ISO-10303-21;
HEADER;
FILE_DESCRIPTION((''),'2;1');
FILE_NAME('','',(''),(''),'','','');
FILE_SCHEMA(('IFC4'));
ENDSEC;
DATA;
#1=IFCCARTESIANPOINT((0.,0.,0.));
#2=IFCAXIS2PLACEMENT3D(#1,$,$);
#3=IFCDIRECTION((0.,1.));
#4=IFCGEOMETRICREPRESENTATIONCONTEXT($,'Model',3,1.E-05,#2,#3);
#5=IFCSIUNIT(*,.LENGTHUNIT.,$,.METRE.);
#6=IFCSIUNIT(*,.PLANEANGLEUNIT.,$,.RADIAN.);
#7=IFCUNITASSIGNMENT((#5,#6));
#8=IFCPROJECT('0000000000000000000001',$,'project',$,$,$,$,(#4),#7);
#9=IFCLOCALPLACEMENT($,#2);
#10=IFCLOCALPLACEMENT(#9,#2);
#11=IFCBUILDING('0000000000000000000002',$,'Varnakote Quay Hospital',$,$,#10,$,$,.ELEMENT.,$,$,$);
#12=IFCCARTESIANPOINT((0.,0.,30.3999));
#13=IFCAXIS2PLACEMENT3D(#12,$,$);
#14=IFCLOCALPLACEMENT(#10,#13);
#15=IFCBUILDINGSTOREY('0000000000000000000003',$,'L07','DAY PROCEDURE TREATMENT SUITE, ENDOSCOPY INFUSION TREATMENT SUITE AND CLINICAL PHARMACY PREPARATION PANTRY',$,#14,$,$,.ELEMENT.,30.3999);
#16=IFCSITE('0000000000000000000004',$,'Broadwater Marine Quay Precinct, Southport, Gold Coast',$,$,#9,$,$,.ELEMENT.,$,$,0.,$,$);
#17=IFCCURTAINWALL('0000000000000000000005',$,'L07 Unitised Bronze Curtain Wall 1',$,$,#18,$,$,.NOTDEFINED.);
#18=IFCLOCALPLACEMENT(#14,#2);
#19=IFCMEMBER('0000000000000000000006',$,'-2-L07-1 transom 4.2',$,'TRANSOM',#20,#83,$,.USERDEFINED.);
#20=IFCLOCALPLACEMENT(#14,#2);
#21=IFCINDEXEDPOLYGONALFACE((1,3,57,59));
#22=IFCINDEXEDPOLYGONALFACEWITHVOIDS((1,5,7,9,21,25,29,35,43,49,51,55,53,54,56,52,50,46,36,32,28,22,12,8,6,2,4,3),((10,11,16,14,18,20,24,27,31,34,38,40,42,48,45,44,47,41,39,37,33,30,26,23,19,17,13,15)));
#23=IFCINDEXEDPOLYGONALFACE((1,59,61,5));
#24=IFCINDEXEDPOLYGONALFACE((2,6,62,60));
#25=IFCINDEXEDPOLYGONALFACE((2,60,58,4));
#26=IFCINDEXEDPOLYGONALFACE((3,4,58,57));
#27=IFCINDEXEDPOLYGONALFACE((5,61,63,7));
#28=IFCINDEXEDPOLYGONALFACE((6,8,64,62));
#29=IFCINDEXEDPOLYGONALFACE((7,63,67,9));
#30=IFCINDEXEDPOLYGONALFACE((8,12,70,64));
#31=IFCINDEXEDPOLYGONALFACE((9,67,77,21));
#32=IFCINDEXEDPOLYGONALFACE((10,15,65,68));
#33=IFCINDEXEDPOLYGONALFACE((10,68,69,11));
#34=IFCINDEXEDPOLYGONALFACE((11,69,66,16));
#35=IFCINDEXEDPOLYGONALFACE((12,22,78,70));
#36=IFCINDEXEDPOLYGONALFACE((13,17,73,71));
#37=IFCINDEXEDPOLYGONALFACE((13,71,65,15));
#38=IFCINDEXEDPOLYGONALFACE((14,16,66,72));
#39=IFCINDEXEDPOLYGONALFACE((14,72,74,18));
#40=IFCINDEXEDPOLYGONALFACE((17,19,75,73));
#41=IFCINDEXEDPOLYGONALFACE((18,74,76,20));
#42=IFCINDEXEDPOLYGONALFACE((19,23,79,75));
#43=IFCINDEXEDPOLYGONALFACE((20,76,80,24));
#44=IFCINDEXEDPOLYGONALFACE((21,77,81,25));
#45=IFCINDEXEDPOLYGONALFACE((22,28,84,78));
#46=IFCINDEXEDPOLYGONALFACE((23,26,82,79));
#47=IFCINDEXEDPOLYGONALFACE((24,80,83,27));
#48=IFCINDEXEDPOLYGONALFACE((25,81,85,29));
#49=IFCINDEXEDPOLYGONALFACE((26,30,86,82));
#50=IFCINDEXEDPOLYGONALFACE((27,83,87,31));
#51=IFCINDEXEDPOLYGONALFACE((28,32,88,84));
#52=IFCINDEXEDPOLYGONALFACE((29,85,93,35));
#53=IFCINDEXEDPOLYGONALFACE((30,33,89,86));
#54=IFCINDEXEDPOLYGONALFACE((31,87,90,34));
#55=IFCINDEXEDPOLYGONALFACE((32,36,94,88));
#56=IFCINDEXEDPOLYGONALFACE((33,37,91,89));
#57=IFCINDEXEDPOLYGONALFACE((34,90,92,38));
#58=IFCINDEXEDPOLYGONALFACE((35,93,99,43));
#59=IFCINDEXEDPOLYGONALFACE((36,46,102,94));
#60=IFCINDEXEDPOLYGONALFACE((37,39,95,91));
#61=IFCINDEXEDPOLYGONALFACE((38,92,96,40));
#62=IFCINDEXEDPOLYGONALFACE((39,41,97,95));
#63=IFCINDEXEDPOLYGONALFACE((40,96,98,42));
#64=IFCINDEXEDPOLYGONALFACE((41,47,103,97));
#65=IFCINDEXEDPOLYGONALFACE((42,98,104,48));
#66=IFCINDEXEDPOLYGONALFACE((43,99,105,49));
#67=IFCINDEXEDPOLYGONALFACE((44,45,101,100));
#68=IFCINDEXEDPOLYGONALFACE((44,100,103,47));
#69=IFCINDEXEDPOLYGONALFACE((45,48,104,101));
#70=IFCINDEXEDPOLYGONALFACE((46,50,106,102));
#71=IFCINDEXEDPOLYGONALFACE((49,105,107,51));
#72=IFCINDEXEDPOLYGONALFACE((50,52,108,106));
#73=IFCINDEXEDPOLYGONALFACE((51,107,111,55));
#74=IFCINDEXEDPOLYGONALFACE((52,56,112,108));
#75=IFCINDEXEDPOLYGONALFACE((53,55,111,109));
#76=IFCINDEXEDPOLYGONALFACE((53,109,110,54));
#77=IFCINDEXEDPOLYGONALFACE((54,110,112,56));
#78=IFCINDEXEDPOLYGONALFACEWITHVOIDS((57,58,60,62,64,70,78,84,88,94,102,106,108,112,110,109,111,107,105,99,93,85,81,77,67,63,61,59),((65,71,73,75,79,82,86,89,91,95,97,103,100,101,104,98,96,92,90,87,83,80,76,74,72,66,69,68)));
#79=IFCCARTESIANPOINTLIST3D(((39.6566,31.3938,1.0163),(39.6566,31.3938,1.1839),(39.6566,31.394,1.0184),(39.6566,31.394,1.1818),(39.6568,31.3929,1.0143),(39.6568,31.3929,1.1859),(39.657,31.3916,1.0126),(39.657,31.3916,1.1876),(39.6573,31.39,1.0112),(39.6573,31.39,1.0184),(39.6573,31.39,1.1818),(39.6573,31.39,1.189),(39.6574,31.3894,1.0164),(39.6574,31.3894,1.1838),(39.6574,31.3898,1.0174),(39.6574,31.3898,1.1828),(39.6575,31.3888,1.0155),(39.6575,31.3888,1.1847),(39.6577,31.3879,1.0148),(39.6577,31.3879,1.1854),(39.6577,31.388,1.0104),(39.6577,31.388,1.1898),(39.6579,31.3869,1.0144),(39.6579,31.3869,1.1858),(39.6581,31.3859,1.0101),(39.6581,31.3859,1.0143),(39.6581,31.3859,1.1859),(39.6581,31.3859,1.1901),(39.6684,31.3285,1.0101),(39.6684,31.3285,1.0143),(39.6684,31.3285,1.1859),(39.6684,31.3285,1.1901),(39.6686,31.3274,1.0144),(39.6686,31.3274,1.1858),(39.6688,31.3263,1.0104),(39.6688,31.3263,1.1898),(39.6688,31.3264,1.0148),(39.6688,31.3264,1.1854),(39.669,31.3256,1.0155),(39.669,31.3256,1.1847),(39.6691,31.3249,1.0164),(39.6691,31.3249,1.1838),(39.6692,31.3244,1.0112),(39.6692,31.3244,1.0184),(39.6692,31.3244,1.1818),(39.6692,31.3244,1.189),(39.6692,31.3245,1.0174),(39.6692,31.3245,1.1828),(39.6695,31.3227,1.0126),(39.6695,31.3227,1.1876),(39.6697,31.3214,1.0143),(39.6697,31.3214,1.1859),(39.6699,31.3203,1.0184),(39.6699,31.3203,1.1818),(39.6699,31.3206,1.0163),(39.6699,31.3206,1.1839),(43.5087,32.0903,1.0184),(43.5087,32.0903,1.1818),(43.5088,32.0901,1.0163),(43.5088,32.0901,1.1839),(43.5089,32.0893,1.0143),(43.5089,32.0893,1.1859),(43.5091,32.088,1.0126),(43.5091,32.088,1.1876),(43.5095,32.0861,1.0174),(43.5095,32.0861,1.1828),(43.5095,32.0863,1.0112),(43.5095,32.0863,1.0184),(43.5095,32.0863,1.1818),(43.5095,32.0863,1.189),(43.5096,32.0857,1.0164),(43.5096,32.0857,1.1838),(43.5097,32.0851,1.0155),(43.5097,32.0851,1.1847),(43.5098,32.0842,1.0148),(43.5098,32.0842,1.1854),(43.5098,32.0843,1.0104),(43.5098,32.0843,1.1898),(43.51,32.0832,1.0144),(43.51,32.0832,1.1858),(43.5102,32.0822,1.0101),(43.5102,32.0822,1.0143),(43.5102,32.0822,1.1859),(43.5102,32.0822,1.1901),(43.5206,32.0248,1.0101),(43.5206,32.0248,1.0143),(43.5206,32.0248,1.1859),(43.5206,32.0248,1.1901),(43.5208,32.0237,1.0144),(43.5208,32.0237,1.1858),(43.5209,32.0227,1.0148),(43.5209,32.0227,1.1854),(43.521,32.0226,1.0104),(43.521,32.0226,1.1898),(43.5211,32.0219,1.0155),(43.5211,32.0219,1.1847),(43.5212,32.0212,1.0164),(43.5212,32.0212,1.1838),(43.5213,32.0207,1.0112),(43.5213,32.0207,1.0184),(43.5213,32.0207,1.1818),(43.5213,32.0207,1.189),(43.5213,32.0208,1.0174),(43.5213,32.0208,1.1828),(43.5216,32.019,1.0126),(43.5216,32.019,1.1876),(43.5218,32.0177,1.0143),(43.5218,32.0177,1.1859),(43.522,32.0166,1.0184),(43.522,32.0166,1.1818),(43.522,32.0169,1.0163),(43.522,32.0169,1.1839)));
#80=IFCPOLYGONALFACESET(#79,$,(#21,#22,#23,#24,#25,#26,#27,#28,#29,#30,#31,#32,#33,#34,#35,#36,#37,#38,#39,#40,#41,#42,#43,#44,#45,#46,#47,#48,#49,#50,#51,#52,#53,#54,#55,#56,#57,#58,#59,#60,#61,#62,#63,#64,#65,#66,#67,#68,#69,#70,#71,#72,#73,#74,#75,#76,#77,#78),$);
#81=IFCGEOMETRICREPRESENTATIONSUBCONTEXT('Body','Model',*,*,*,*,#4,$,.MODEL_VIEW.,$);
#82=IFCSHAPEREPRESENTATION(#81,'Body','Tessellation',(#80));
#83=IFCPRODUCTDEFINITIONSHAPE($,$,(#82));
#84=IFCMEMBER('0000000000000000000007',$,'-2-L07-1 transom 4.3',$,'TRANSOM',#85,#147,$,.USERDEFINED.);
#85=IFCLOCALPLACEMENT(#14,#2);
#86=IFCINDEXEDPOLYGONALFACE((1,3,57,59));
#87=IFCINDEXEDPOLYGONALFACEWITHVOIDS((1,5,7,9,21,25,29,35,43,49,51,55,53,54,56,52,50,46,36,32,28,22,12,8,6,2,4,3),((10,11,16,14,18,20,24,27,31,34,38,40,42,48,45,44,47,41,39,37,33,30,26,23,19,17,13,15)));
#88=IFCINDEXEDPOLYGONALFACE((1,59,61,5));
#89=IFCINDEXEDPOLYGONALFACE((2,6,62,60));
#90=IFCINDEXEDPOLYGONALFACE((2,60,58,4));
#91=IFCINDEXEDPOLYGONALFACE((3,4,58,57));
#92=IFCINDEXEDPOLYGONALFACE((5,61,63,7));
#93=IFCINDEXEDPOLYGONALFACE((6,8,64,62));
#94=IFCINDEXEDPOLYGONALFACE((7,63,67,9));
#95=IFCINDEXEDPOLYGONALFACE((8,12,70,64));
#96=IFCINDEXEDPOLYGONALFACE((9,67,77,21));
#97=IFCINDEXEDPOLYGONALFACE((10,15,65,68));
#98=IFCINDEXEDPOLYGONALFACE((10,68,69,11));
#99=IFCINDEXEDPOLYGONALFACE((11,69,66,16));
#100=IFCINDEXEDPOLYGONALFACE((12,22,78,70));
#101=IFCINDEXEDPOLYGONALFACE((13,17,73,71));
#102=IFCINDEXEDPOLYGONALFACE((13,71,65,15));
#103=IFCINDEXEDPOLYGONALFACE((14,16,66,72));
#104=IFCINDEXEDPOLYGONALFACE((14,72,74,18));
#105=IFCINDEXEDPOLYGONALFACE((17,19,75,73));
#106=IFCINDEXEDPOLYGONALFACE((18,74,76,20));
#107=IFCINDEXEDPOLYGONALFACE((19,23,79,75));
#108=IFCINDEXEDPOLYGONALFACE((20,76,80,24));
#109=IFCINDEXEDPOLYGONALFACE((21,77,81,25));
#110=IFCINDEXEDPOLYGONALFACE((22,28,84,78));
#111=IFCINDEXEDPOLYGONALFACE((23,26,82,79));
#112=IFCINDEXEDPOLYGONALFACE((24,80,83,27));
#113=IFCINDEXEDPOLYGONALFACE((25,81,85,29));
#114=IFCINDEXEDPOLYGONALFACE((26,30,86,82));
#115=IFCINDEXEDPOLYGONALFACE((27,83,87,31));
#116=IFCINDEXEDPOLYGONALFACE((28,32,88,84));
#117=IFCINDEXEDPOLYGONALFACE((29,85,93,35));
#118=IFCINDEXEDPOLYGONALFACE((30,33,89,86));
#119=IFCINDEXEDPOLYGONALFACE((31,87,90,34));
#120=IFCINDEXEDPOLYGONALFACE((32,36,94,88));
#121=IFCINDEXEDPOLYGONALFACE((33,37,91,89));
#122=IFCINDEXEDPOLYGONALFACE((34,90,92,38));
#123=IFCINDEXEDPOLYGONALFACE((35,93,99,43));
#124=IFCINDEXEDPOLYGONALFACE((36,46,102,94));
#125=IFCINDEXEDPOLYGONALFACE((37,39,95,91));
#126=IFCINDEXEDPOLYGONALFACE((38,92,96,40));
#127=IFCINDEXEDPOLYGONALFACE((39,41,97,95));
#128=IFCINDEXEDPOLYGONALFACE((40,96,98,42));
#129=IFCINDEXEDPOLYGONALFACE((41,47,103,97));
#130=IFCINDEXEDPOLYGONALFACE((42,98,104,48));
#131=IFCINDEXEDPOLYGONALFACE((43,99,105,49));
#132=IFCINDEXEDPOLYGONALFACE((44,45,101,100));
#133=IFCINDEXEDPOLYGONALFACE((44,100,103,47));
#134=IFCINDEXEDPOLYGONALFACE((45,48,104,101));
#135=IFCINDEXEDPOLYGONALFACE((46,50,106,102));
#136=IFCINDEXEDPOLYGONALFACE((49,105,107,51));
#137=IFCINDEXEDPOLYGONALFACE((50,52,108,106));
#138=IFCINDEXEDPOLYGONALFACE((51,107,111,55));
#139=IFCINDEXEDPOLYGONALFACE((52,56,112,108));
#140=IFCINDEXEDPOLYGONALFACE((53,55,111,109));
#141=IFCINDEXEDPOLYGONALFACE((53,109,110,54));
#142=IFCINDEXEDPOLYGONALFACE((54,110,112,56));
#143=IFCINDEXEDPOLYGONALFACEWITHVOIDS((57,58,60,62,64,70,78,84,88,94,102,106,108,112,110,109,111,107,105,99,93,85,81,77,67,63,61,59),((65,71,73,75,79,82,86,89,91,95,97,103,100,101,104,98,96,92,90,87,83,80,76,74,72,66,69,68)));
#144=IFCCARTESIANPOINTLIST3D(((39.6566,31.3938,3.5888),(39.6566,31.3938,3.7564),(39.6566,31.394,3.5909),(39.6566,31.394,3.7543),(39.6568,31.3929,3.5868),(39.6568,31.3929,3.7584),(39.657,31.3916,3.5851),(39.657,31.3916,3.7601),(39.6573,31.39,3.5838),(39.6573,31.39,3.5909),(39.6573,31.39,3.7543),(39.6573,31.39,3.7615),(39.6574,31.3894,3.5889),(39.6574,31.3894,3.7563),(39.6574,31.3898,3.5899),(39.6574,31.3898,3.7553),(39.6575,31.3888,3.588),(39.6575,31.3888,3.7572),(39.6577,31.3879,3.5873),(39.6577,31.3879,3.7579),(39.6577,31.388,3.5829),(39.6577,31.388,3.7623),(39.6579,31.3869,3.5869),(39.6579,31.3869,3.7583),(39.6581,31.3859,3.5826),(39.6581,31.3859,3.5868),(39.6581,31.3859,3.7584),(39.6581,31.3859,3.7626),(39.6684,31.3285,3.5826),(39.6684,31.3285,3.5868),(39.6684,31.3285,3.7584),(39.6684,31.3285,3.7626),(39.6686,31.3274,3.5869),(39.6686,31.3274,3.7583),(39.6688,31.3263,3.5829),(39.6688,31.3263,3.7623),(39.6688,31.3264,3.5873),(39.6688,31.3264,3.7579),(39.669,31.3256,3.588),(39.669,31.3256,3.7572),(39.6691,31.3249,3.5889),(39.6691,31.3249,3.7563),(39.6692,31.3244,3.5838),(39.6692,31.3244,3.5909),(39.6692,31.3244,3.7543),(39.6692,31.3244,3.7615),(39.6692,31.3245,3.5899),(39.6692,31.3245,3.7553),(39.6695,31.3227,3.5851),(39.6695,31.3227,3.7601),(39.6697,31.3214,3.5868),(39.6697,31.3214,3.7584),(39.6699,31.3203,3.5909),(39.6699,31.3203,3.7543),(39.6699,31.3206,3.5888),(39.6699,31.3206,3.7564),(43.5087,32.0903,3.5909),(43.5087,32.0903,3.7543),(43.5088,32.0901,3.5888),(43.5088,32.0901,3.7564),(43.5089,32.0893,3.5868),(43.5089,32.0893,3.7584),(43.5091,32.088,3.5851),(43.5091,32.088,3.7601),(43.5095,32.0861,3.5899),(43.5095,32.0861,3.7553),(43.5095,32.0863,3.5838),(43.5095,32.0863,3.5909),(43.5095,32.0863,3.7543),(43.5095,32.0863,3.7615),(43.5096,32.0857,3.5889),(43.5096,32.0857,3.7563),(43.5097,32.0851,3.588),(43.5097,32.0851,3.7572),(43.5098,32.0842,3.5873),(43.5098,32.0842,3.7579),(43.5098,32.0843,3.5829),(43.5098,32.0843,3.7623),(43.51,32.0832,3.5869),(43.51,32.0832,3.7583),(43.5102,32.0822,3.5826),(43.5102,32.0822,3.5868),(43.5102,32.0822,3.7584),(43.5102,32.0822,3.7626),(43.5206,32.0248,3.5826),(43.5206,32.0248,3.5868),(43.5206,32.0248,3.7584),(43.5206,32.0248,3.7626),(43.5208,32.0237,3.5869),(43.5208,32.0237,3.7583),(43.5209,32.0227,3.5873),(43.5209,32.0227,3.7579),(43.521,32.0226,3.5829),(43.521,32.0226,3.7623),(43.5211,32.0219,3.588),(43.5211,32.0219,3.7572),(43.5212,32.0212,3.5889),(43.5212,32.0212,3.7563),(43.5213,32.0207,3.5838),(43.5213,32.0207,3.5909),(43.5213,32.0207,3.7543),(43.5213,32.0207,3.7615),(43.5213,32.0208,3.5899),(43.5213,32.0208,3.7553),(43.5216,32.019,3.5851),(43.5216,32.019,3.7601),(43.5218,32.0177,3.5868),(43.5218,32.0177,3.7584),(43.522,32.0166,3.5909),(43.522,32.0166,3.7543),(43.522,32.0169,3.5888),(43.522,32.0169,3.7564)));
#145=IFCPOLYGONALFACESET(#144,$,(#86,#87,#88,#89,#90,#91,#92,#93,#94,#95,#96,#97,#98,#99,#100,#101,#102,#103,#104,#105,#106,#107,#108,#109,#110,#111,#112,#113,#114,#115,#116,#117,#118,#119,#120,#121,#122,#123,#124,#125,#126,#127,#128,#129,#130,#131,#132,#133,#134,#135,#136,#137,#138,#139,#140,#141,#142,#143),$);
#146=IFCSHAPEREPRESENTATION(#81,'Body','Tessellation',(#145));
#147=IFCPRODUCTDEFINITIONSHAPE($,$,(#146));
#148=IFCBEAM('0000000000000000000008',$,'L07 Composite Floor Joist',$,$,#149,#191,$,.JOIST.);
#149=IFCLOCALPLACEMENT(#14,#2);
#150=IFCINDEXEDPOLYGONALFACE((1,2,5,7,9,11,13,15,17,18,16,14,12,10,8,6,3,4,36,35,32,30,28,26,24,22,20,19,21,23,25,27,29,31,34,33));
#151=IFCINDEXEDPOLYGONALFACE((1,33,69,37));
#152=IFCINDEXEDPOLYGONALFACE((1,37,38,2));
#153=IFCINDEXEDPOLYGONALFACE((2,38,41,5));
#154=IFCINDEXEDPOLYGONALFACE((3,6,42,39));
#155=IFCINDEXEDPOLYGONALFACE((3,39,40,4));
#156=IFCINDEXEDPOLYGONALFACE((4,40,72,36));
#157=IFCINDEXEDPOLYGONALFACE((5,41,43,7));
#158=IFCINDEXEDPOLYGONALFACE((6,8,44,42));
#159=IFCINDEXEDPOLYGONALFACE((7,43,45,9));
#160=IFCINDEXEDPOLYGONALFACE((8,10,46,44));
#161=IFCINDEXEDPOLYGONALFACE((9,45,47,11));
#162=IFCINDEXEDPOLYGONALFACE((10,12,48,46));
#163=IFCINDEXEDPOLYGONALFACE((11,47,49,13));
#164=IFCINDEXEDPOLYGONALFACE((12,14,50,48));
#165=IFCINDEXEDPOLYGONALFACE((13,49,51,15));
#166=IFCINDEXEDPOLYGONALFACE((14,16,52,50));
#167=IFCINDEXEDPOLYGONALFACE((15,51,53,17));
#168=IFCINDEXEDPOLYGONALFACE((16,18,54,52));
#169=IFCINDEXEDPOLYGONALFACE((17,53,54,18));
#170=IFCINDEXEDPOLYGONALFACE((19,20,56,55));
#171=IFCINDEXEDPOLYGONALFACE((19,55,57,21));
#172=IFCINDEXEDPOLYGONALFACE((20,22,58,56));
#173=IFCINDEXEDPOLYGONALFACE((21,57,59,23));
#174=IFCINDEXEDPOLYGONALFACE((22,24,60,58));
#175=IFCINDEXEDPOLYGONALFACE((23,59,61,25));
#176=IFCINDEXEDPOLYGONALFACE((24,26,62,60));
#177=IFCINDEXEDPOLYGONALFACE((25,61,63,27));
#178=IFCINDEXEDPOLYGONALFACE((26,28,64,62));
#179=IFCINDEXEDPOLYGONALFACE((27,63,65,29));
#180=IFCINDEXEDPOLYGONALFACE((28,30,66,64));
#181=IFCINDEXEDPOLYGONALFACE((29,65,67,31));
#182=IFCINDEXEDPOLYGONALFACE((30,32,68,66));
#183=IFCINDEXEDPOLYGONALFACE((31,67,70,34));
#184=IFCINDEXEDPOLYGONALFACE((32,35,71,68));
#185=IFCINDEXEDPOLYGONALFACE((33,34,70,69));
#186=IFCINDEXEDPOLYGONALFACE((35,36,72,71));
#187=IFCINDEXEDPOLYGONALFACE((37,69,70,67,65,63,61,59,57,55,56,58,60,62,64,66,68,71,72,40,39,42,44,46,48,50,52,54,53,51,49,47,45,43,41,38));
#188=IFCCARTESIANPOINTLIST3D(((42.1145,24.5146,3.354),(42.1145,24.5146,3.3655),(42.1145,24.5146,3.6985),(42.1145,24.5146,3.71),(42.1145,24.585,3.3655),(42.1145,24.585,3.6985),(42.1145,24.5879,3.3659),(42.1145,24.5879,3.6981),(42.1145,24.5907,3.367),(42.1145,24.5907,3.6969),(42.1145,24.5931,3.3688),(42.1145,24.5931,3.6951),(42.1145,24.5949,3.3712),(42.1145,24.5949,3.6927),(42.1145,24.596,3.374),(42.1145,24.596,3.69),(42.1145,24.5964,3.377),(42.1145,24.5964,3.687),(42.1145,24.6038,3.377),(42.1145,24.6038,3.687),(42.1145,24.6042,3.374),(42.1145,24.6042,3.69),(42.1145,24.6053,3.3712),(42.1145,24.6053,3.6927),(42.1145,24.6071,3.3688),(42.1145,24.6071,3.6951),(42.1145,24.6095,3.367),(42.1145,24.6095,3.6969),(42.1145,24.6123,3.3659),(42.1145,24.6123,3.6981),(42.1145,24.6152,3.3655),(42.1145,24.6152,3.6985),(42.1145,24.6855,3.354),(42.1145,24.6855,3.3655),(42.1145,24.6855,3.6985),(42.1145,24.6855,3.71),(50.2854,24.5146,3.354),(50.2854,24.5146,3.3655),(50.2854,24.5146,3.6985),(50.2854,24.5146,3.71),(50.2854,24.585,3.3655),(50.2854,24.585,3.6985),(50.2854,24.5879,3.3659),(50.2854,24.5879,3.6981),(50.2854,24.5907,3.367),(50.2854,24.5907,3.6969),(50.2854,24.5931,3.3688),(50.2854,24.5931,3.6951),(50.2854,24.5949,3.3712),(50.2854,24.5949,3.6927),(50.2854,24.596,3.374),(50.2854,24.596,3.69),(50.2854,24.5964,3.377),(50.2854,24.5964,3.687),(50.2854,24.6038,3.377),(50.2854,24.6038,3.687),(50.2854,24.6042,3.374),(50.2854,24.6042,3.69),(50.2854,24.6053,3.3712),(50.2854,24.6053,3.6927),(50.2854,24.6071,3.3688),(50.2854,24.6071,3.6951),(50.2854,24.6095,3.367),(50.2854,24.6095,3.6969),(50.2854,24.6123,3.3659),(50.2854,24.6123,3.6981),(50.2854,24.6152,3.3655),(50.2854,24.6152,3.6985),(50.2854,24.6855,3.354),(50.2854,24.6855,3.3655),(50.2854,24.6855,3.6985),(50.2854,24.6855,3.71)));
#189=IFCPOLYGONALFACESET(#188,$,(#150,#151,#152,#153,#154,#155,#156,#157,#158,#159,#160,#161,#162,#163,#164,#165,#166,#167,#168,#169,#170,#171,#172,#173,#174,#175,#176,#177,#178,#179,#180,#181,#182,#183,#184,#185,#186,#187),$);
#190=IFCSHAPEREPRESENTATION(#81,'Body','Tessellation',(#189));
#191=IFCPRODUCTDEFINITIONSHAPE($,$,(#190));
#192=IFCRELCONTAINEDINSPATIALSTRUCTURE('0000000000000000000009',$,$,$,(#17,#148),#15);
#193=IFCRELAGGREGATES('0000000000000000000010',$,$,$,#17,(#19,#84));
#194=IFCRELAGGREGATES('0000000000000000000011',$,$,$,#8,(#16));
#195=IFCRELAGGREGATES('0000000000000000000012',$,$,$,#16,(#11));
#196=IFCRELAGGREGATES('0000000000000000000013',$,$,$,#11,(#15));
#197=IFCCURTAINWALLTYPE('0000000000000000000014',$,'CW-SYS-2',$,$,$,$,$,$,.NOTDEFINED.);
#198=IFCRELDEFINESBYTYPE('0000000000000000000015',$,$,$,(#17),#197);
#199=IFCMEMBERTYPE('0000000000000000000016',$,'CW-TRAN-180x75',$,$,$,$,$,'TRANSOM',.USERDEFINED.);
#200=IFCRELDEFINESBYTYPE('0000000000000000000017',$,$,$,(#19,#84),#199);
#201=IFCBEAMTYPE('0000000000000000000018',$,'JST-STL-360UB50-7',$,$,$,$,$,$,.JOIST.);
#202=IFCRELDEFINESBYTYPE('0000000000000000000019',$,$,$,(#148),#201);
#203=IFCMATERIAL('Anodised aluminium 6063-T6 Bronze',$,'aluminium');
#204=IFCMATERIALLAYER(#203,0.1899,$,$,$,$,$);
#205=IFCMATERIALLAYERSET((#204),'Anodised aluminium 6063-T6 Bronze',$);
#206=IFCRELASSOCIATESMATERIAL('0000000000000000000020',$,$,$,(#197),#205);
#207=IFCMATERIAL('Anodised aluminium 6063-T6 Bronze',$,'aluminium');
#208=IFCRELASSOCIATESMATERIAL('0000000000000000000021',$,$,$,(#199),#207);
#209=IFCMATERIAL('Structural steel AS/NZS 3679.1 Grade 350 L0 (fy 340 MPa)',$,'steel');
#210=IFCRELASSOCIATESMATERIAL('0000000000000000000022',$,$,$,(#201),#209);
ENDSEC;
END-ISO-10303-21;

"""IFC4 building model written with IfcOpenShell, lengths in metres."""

from ifc_helpers import new_model, si_unit, direction, frame, origin, origin_2d, place, context, subcontext, project, spatial, hollow_rectangle, i_section, extrude, material, layer, layer_set, material_profile, profile_set, type_object, element, aggregate, save


model = new_model("IFC4")

# Units and contexts
model_context = context("Model", 3, precision=1e-05, world=origin(), true_north=direction((0.0, 1.0)))
body_context = subcontext(model_context, "Body", "Model", "MODEL_VIEW")
ifc_project = project(units=[si_unit("LENGTHUNIT", "METRE"), si_unit("PLANEANGLEUNIT", "RADIAN")], contexts=[model_context])

# Site, building, storey
site_placement = place(None, origin())
site = spatial("IfcSite", under=ifc_project, at=site_placement, Name="Broadwater Marine Quay Precinct, Southport, Gold Coast", CompositionType="ELEMENT", RefElevation=0.0)
building_placement = place(site_placement, origin())
building = spatial("IfcBuilding", under=site, at=building_placement, Name="Varnakote Quay Hospital", CompositionType="ELEMENT")
storey_placement = place(building_placement, frame((0.0, 0.0, 30.3999)))
storey = spatial("IfcBuildingStorey", under=building, at=storey_placement, Name="L07", Description="DAY PROCEDURE TREATMENT SUITE, ENDOSCOPY INFUSION TREATMENT SUITE AND CLINICAL PHARMACY PREPARATION PANTRY", CompositionType="ELEMENT", Elevation=30.3999)

# Curtain wall, members
ifc_material_1 = material(Name="Anodised aluminium 6063-T6 Bronze", Category="aluminium")
ifc_layer_1 = layer(ifc_material_1, 0.1899)
ifc_layer_set_1 = layer_set([ifc_layer_1], Name="Anodised aluminium 6063-T6 Bronze")
curtain_wall_type = type_object("IfcCurtainWallType", Name="CW-SYS-2", PredefinedType="NOTDEFINED", material=ifc_layer_set_1)
curtain_wall_placement = place(storey_placement, origin())
curtain_wall = element("IfcCurtainWall", 1, at=curtain_wall_placement, inside=storey, type_object=curtain_wall_type, Name="L07 Unitised Bronze Curtain Wall 1", PredefinedType="NOTDEFINED")
ifc_material_2 = material(Name="Anodised aluminium 6063-T6 Bronze", Category="aluminium")
ifc_material_profile_1 = material_profile(ifc_material_2, hollow_rectangle(XDim=0.075, YDim=0.1799, WallThickness=0.0042, InnerFilletRadius=0.0042, OuterFilletRadius=0.0083, at=origin_2d()), Name="CW-TRAN-180x75")
ifc_profile_set_1 = profile_set([ifc_material_profile_1], Name="Anodised aluminium 6063-T6 Bronze")
member_type_1 = type_object("IfcMemberType", Name="CW-TRAN-180x75", ElementType="TRANSOM", PredefinedType="USERDEFINED", material=ifc_profile_set_1)
member_1_placement = place(storey_placement, frame((43.5154, 32.0535, 1.1001), z_axis=(-0.984053, -0.177875, 0.0), x_axis=(0.177875, -0.984053, 0.0)))
member_1 = element("IfcMember", 2, at=member_1_placement, type_object=member_type_1, Name="-2-L07-1 transom 4.2", ObjectType="TRANSOM", PredefinedType="USERDEFINED", context=body_context, shape_type="SweptSolid", body=[
    extrude(hollow_rectangle(XDim=0.075, YDim=0.1799, WallThickness=0.0042, InnerFilletRadius=0.0042, OuterFilletRadius=0.0083, at=origin_2d()), origin(), (0.0, 0.0, 1.0), 3.9146),
])
member_2_placement = place(storey_placement, frame((43.5154, 32.0535, 3.6726), z_axis=(-0.984053, -0.177875, 0.0), x_axis=(0.177875, -0.984053, 0.0)))
member_2 = element("IfcMember", 3, at=member_2_placement, type_object=member_type_1, Name="-2-L07-1 transom 4.3", ObjectType="TRANSOM", PredefinedType="USERDEFINED", context=body_context, shape_type="SweptSolid", body=[
    extrude(hollow_rectangle(XDim=0.075, YDim=0.1799, WallThickness=0.0042, InnerFilletRadius=0.0042, OuterFilletRadius=0.0083, at=origin_2d()), origin(), (0.0, 0.0, 1.0), 3.9146),
])

# Beam
ifc_material_3 = material(Name="Structural steel AS/NZS 3679.1 Grade 350 L0 (fy 340 MPa)", Category="steel")
ifc_material_profile_2 = material_profile(ifc_material_3, i_section(OverallWidth=0.1709, OverallDepth=0.356, WebThickness=0.0073, FlangeThickness=0.0115, FilletRadius=0.0115, at=origin_2d()), Name="360UB50.7")
ifc_profile_set_2 = profile_set([ifc_material_profile_2], Name="Structural steel AS/NZS 3679.1 Grade 350 L0 (fy 340 MPa)")
beam_type_1 = type_object("IfcBeamType", Name="JST-STL-360UB50-7", PredefinedType="JOIST", material=ifc_profile_set_2)
beam_1_placement = place(storey_placement, frame((42.1145, 24.6001, 3.532), z_axis=(1.0, 0.0, 0.0), x_axis=(0.0, 1.0, 0.0)))
element("IfcBeam", 4, at=beam_1_placement, inside=storey, type_object=beam_type_1, Name="L07 Composite Floor Joist", PredefinedType="JOIST", context=body_context, shape_type="SweptSolid", body=[
    extrude(i_section(OverallWidth=0.1709, OverallDepth=0.356, WebThickness=0.0073, FlangeThickness=0.0115, FilletRadius=0.0115, at=origin_2d()), origin(), (0.0, 0.0, 1.0), 8.1709),
])

aggregate(curtain_wall, [member_1, member_2])

save(model, "model.ifc")
